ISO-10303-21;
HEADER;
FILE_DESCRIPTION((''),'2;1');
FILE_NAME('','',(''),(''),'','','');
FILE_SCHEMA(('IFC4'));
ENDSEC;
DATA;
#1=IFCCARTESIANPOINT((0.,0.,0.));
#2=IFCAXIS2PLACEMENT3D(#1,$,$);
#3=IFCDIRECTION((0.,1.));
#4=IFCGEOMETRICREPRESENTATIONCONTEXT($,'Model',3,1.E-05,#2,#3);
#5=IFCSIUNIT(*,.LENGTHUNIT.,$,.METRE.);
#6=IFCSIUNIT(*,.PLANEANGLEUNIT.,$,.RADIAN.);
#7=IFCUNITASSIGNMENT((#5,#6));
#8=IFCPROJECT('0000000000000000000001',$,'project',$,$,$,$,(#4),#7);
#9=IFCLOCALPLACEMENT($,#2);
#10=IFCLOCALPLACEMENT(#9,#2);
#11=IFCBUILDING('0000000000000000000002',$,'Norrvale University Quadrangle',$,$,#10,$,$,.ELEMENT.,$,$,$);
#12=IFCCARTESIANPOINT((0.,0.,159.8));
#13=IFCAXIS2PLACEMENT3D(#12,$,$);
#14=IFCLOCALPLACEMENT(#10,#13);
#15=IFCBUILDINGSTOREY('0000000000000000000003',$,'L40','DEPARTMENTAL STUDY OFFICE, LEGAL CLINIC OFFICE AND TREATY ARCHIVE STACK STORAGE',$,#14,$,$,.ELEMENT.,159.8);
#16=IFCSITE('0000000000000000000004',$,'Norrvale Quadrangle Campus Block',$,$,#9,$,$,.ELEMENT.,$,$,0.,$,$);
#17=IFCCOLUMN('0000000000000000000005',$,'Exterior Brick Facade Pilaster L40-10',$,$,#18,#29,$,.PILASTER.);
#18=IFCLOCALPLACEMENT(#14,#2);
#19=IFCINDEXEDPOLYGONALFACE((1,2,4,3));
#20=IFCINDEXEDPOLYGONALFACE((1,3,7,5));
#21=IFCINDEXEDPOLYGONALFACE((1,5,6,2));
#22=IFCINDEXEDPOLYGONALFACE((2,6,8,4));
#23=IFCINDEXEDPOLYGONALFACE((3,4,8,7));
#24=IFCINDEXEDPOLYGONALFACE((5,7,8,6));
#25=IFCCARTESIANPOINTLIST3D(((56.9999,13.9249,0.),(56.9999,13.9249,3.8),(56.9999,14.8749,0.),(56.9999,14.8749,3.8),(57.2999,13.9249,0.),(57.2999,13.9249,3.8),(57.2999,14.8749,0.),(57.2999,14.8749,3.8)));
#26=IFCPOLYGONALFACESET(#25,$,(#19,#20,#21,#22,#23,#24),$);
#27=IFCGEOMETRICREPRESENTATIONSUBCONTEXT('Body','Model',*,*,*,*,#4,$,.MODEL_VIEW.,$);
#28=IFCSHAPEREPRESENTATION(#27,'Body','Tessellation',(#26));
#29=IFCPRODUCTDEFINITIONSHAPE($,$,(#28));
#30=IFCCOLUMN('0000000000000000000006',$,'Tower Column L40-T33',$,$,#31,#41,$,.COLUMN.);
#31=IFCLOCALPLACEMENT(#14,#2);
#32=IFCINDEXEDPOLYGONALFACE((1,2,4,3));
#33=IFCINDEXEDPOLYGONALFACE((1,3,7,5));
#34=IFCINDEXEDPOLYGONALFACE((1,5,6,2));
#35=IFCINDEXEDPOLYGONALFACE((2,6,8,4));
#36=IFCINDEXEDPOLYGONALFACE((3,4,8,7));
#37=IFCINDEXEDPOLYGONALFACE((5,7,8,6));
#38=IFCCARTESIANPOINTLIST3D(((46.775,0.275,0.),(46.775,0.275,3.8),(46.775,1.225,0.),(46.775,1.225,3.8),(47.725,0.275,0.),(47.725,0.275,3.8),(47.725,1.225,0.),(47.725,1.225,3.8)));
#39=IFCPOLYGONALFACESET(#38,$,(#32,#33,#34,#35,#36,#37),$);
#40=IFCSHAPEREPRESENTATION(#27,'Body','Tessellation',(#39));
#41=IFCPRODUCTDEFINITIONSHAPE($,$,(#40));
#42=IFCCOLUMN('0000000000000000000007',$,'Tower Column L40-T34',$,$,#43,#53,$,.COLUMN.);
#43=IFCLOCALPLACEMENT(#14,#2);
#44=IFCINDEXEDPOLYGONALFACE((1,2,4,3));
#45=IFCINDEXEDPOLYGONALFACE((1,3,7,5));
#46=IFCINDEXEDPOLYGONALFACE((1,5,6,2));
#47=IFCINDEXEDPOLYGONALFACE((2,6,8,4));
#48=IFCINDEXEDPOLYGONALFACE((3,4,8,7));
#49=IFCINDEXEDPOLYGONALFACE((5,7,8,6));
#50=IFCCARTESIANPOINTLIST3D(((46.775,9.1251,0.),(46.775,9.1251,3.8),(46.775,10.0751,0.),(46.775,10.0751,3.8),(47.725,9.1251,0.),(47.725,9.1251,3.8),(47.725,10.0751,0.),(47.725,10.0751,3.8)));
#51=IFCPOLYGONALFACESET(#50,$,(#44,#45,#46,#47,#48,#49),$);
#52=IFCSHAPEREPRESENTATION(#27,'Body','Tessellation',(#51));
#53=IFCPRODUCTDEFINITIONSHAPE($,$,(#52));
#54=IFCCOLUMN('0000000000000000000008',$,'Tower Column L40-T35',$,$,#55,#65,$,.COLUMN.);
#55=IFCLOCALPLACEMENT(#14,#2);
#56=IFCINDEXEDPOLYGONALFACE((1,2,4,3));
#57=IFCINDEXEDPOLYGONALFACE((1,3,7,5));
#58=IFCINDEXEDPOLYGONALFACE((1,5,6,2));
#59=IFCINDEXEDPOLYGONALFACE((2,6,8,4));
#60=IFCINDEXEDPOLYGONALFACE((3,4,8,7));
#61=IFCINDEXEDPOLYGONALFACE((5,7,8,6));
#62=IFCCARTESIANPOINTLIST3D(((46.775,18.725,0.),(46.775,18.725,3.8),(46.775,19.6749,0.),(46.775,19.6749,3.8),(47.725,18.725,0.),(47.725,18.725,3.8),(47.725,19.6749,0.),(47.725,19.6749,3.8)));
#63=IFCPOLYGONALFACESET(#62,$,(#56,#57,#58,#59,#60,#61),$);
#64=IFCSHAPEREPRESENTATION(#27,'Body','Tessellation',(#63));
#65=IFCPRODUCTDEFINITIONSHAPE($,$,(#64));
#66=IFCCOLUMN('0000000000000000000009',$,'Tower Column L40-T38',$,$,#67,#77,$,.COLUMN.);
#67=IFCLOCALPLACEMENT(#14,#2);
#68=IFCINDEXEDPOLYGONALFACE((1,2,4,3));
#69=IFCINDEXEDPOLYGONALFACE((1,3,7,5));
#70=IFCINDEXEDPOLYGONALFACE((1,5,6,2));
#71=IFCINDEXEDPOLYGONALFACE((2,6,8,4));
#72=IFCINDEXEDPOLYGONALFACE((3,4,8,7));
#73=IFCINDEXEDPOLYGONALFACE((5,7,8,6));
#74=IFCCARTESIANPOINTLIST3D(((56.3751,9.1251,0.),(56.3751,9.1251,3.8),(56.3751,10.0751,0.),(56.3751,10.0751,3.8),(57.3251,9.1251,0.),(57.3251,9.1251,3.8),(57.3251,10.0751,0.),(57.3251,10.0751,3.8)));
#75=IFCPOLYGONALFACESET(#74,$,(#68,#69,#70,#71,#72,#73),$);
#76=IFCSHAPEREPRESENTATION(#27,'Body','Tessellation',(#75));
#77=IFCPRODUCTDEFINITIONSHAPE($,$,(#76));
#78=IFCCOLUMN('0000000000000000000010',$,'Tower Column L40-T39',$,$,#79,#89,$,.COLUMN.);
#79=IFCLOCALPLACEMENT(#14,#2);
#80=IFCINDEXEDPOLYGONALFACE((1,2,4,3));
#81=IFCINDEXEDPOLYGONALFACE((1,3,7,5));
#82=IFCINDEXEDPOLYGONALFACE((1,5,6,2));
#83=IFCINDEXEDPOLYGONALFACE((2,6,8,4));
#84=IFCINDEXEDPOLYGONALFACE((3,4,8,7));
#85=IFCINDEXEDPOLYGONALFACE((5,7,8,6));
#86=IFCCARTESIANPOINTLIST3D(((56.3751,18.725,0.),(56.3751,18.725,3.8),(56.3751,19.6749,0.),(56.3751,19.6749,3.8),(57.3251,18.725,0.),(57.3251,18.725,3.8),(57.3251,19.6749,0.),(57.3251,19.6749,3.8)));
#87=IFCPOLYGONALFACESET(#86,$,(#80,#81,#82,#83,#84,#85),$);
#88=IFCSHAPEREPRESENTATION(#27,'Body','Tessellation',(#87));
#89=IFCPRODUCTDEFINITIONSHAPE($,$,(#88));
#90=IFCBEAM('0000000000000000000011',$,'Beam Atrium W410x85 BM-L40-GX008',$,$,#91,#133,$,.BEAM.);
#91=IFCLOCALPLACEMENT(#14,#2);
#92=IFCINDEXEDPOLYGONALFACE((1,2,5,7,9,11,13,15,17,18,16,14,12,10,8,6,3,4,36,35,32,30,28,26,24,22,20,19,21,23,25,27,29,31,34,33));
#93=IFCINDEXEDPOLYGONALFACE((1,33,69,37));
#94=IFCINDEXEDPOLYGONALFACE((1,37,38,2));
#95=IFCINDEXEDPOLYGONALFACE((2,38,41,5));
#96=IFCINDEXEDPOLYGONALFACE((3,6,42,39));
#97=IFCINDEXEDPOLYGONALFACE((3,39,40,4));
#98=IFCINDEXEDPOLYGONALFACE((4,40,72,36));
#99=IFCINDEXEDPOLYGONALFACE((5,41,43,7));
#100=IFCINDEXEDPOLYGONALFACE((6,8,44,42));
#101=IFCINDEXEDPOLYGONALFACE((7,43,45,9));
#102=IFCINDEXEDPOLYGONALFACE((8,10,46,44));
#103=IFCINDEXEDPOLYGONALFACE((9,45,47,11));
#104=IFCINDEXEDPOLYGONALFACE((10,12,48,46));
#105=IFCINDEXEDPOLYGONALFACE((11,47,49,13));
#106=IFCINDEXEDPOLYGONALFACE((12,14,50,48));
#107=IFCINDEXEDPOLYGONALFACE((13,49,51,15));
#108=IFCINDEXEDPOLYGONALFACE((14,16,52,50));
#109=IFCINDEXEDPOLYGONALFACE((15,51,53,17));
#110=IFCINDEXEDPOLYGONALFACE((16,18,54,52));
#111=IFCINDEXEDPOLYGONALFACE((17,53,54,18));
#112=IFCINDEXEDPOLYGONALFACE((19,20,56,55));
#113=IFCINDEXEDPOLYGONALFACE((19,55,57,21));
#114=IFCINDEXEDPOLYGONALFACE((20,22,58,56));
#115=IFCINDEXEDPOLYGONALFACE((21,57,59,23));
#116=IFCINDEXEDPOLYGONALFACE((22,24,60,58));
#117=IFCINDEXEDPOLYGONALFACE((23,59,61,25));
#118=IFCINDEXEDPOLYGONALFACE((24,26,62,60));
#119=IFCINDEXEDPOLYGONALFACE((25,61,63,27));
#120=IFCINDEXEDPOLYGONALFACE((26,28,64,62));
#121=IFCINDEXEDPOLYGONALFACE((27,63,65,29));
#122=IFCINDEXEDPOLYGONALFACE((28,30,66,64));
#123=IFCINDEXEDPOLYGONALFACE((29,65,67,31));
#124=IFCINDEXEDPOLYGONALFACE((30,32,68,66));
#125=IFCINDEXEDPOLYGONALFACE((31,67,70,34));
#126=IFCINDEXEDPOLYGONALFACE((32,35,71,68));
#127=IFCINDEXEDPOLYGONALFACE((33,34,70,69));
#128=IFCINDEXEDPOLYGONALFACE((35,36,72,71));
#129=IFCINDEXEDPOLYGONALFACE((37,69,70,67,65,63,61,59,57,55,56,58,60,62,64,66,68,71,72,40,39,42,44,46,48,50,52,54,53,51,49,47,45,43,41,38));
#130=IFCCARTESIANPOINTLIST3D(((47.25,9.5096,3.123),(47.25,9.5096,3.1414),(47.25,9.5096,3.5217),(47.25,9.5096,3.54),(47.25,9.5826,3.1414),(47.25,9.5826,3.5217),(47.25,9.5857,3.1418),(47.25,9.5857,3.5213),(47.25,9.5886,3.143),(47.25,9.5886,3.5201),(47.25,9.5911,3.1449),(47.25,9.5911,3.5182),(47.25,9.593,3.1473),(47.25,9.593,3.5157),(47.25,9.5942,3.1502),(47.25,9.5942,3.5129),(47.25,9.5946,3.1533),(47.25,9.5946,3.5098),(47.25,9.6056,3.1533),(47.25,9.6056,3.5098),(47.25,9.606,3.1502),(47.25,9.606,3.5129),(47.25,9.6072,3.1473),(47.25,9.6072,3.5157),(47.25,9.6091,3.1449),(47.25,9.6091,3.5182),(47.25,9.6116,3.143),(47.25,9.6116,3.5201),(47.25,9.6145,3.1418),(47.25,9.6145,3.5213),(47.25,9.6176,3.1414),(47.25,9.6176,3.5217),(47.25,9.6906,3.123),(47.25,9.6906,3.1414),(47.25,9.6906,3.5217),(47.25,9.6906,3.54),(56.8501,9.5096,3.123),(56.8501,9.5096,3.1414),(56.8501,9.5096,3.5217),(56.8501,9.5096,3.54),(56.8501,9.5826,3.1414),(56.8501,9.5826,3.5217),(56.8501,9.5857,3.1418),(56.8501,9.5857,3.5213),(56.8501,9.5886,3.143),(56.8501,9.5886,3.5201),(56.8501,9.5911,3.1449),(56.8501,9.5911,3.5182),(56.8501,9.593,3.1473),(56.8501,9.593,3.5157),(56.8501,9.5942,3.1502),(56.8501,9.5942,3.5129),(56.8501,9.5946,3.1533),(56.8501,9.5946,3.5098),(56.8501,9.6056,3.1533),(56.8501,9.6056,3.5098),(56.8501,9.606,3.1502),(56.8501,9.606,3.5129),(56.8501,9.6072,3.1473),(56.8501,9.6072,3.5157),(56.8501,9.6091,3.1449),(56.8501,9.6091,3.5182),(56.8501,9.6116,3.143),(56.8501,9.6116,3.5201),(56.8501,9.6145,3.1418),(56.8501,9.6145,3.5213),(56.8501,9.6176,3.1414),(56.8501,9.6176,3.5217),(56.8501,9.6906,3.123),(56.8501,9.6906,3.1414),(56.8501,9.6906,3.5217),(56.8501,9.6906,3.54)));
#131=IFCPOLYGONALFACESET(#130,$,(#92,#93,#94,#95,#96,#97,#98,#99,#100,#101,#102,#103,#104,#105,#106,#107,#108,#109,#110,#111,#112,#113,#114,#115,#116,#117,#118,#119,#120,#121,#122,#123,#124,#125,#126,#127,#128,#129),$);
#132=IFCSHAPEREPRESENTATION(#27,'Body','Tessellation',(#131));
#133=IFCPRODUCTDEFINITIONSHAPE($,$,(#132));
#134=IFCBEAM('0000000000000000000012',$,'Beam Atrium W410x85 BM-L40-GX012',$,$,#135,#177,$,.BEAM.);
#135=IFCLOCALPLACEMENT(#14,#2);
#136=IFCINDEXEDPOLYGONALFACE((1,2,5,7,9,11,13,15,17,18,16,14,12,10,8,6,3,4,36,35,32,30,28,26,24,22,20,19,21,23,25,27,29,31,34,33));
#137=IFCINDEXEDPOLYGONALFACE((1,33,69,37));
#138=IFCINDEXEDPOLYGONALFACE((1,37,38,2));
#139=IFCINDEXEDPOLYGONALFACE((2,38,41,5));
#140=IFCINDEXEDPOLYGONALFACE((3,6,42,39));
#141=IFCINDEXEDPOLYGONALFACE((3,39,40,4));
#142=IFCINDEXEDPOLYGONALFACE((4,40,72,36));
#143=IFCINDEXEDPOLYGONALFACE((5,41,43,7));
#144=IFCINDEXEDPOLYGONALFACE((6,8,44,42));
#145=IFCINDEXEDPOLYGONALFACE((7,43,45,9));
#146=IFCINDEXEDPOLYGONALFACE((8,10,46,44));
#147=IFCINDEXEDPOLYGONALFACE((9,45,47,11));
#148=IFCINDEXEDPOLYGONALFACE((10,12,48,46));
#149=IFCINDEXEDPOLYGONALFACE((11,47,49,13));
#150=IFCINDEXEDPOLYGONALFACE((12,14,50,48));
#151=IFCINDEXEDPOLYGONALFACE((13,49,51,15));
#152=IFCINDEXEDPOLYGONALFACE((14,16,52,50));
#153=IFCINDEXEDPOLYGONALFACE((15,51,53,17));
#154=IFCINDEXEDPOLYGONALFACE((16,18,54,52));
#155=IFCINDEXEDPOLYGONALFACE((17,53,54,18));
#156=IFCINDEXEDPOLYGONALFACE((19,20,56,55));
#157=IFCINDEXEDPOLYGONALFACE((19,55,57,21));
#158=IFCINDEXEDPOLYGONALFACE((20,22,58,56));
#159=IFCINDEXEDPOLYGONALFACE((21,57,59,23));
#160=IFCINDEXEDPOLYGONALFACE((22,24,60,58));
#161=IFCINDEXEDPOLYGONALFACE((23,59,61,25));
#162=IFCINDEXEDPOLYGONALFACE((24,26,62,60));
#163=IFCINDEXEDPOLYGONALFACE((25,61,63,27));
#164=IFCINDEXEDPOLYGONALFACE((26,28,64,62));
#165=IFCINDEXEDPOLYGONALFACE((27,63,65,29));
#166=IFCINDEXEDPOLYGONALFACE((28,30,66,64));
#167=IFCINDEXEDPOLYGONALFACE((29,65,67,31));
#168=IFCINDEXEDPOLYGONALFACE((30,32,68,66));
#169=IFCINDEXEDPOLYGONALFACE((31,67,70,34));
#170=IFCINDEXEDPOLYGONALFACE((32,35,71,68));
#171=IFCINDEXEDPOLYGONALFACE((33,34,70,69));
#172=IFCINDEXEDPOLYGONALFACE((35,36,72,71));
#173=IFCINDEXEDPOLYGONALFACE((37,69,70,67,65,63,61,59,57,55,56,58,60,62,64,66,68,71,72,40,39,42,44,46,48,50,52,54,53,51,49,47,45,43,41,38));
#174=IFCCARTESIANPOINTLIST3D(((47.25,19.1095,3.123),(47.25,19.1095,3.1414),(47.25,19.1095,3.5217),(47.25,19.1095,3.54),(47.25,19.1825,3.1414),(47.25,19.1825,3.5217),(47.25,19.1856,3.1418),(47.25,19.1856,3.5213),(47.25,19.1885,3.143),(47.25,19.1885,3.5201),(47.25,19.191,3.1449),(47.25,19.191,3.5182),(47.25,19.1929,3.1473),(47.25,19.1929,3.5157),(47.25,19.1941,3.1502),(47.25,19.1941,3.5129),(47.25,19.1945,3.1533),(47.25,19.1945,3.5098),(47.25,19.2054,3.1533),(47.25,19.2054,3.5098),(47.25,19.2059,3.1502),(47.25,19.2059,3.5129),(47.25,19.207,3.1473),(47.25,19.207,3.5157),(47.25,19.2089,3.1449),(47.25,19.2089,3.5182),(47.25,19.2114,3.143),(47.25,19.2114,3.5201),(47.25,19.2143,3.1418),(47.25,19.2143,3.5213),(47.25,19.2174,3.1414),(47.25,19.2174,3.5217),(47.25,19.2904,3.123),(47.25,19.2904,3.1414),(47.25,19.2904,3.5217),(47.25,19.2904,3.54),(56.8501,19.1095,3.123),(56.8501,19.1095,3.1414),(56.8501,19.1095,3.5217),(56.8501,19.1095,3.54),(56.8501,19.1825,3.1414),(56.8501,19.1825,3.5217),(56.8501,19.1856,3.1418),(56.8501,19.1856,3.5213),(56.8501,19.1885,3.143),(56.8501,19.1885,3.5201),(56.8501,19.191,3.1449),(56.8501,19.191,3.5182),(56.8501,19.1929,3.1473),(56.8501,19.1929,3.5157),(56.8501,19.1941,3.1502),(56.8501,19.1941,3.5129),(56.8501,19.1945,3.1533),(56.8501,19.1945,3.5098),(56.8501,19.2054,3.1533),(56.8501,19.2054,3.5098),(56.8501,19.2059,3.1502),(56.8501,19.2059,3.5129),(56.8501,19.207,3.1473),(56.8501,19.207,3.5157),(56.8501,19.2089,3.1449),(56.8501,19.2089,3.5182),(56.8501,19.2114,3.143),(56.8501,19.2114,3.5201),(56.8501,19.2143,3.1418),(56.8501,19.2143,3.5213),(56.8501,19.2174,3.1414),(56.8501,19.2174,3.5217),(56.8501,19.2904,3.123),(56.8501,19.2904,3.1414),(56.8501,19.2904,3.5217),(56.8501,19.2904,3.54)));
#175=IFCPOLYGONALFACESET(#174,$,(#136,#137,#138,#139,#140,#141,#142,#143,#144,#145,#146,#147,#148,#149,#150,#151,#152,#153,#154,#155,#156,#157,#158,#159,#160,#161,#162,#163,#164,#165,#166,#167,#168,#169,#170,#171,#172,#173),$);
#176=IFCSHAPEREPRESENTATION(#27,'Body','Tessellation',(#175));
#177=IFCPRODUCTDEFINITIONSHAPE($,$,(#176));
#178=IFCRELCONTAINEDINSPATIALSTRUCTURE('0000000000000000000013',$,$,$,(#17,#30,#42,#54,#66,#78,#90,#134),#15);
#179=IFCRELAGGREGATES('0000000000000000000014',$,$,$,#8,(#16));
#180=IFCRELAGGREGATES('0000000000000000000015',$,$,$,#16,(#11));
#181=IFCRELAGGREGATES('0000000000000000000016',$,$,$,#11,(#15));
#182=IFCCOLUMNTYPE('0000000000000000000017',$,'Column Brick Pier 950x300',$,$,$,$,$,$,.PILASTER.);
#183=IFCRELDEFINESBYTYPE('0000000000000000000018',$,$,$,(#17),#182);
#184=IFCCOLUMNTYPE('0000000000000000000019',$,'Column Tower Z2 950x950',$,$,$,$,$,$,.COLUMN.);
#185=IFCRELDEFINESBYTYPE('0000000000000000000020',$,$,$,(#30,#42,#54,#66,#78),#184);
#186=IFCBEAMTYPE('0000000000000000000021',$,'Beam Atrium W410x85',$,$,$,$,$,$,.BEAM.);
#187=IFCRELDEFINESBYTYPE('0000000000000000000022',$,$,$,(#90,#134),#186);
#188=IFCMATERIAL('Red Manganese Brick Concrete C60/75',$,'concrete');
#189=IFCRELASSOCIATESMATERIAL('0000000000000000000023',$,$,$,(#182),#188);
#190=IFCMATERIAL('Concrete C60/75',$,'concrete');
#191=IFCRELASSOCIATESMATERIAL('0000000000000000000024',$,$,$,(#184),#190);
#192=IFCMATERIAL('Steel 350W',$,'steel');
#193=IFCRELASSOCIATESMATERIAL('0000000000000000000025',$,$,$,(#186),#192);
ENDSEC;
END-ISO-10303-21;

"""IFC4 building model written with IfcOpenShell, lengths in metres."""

from ifc_helpers import new_model, si_unit, direction, frame, origin, origin_2d, place, context, subcontext, project, spatial, rectangle, i_section, extrude, material, material_profile, profile_set, type_object, element, save


model = new_model("IFC4")

# Units and contexts
model_context = context("Model", 3, precision=1e-05, world=origin(), true_north=direction((0.0, 1.0)))
body_context = subcontext(model_context, "Body", "Model", "MODEL_VIEW")
ifc_project = project(units=[si_unit("LENGTHUNIT", "METRE"), si_unit("PLANEANGLEUNIT", "RADIAN")], contexts=[model_context])

# Site, building, storey
site_placement = place(None, origin())
site = spatial("IfcSite", under=ifc_project, at=site_placement, Name="Norrvale Quadrangle Campus Block", CompositionType="ELEMENT", RefElevation=0.0)
building_placement = place(site_placement, origin())
building = spatial("IfcBuilding", under=site, at=building_placement, Name="Norrvale University Quadrangle", CompositionType="ELEMENT")
storey_placement = place(building_placement, frame((0.0, 0.0, 159.8)))
storey = spatial("IfcBuildingStorey", under=building, at=storey_placement, Name="L40", Description="DEPARTMENTAL STUDY OFFICE, LEGAL CLINIC OFFICE AND TREATY ARCHIVE STACK STORAGE", CompositionType="ELEMENT", Elevation=159.8)

# Columns
ifc_material_1 = material(Name="Red Manganese Brick Concrete C60/75", Category="concrete")
ifc_material_profile_1 = material_profile(ifc_material_1, rectangle(XDim=0.95, YDim=0.3, at=origin_2d()), Name="Red Manganese Brick Concrete C60/75")
ifc_profile_set_1 = profile_set([ifc_material_profile_1], Name="Red Manganese Brick Concrete C60/75")
column_type_1 = type_object("IfcColumnType", Name="Column Brick Pier 950x300", PredefinedType="PILASTER", material=ifc_profile_set_1)
column_placement = place(storey_placement, frame((57.1499, 14.3999, 0.0), z_axis=(0.0, 0.0, 1.0), x_axis=(0.0, 1.0, 0.0)))
element("IfcColumn", 1, at=column_placement, inside=storey, type_object=column_type_1, Name="Exterior Brick Facade Pilaster L40-10", PredefinedType="PILASTER", context=body_context, shape_type="SweptSolid", body=[
    extrude(rectangle(XDim=0.95, YDim=0.3, at=origin_2d()), origin(), (0.0, 0.0, 1.0), 3.8),
])
ifc_material_2 = material(Name="Concrete C60/75", Category="concrete")
ifc_material_profile_2 = material_profile(ifc_material_2, rectangle(XDim=0.95, YDim=0.95, at=origin_2d()), Name="Concrete C60/75")
ifc_profile_set_2 = profile_set([ifc_material_profile_2], Name="Concrete C60/75")
column_type_2 = type_object("IfcColumnType", Name="Column Tower Z2 950x950", PredefinedType="COLUMN", material=ifc_profile_set_2)
for number, where, z_axis, x_axis, name in (
    (2, (47.25, 0.75, 0.0), (0.0, 0.0, 1.0), (1.0, 0.0, 0.0), "Tower Column L40-T33"),
    (3, (47.25, 9.6001, 0.0), (0.0, 0.0, 1.0), (1.0, 0.0, 0.0), "Tower Column L40-T34"),
    (4, (47.25, 19.2, 0.0), (0.0, 0.0, 1.0), (1.0, 0.0, 0.0), "Tower Column L40-T35"),
    (5, (56.8501, 9.6001, 0.0), (0.0, 0.0, 1.0), (1.0, 0.0, 0.0), "Tower Column L40-T38"),
    (6, (56.8501, 19.2, 0.0), (0.0, 0.0, 1.0), (1.0, 0.0, 0.0), "Tower Column L40-T39"),
):
    element("IfcColumn", number, at=place(storey_placement, frame(where, z_axis=z_axis, x_axis=x_axis)), inside=storey, type_object=column_type_2, Name=name, PredefinedType="COLUMN", context=body_context, shape_type="SweptSolid", body=[
        extrude(rectangle(XDim=0.95, YDim=0.95, at=origin_2d()), origin(), (0.0, 0.0, 1.0), 3.8),
    ])

# Beams
ifc_material_3 = material(Name="Steel 350W", Category="steel")
ifc_material_profile_3 = material_profile(ifc_material_3, i_section(OverallWidth=0.1809, OverallDepth=0.417, WebThickness=0.011, FlangeThickness=0.0183, FilletRadius=0.012, at=origin_2d()), Name="Steel 350W")
ifc_profile_set_3 = profile_set([ifc_material_profile_3], Name="Steel 350W")
beam_type_1 = type_object("IfcBeamType", Name="Beam Atrium W410x85", PredefinedType="BEAM", material=ifc_profile_set_3)
for number, where, z_axis, x_axis, name in (
    (7, (47.25, 9.6001, 3.3315), (1.0, 0.0, 0.0), (0.0, 1.0, 0.0), "Beam Atrium W410x85 BM-L40-GX008"),
    (8, (47.25, 19.2, 3.3315), (1.0, 0.0, 0.0), (0.0, 1.0, 0.0), "Beam Atrium W410x85 BM-L40-GX012"),
):
    element("IfcBeam", number, at=place(storey_placement, frame(where, z_axis=z_axis, x_axis=x_axis)), inside=storey, type_object=beam_type_1, Name=name, PredefinedType="BEAM", context=body_context, shape_type="SweptSolid", body=[
        extrude(i_section(OverallWidth=0.1809, OverallDepth=0.417, WebThickness=0.011, FlangeThickness=0.0183, FilletRadius=0.012, at=origin_2d()), origin(), (0.0, 0.0, 1.0), 9.6001),
    ])

save(model, "model.ifc")
